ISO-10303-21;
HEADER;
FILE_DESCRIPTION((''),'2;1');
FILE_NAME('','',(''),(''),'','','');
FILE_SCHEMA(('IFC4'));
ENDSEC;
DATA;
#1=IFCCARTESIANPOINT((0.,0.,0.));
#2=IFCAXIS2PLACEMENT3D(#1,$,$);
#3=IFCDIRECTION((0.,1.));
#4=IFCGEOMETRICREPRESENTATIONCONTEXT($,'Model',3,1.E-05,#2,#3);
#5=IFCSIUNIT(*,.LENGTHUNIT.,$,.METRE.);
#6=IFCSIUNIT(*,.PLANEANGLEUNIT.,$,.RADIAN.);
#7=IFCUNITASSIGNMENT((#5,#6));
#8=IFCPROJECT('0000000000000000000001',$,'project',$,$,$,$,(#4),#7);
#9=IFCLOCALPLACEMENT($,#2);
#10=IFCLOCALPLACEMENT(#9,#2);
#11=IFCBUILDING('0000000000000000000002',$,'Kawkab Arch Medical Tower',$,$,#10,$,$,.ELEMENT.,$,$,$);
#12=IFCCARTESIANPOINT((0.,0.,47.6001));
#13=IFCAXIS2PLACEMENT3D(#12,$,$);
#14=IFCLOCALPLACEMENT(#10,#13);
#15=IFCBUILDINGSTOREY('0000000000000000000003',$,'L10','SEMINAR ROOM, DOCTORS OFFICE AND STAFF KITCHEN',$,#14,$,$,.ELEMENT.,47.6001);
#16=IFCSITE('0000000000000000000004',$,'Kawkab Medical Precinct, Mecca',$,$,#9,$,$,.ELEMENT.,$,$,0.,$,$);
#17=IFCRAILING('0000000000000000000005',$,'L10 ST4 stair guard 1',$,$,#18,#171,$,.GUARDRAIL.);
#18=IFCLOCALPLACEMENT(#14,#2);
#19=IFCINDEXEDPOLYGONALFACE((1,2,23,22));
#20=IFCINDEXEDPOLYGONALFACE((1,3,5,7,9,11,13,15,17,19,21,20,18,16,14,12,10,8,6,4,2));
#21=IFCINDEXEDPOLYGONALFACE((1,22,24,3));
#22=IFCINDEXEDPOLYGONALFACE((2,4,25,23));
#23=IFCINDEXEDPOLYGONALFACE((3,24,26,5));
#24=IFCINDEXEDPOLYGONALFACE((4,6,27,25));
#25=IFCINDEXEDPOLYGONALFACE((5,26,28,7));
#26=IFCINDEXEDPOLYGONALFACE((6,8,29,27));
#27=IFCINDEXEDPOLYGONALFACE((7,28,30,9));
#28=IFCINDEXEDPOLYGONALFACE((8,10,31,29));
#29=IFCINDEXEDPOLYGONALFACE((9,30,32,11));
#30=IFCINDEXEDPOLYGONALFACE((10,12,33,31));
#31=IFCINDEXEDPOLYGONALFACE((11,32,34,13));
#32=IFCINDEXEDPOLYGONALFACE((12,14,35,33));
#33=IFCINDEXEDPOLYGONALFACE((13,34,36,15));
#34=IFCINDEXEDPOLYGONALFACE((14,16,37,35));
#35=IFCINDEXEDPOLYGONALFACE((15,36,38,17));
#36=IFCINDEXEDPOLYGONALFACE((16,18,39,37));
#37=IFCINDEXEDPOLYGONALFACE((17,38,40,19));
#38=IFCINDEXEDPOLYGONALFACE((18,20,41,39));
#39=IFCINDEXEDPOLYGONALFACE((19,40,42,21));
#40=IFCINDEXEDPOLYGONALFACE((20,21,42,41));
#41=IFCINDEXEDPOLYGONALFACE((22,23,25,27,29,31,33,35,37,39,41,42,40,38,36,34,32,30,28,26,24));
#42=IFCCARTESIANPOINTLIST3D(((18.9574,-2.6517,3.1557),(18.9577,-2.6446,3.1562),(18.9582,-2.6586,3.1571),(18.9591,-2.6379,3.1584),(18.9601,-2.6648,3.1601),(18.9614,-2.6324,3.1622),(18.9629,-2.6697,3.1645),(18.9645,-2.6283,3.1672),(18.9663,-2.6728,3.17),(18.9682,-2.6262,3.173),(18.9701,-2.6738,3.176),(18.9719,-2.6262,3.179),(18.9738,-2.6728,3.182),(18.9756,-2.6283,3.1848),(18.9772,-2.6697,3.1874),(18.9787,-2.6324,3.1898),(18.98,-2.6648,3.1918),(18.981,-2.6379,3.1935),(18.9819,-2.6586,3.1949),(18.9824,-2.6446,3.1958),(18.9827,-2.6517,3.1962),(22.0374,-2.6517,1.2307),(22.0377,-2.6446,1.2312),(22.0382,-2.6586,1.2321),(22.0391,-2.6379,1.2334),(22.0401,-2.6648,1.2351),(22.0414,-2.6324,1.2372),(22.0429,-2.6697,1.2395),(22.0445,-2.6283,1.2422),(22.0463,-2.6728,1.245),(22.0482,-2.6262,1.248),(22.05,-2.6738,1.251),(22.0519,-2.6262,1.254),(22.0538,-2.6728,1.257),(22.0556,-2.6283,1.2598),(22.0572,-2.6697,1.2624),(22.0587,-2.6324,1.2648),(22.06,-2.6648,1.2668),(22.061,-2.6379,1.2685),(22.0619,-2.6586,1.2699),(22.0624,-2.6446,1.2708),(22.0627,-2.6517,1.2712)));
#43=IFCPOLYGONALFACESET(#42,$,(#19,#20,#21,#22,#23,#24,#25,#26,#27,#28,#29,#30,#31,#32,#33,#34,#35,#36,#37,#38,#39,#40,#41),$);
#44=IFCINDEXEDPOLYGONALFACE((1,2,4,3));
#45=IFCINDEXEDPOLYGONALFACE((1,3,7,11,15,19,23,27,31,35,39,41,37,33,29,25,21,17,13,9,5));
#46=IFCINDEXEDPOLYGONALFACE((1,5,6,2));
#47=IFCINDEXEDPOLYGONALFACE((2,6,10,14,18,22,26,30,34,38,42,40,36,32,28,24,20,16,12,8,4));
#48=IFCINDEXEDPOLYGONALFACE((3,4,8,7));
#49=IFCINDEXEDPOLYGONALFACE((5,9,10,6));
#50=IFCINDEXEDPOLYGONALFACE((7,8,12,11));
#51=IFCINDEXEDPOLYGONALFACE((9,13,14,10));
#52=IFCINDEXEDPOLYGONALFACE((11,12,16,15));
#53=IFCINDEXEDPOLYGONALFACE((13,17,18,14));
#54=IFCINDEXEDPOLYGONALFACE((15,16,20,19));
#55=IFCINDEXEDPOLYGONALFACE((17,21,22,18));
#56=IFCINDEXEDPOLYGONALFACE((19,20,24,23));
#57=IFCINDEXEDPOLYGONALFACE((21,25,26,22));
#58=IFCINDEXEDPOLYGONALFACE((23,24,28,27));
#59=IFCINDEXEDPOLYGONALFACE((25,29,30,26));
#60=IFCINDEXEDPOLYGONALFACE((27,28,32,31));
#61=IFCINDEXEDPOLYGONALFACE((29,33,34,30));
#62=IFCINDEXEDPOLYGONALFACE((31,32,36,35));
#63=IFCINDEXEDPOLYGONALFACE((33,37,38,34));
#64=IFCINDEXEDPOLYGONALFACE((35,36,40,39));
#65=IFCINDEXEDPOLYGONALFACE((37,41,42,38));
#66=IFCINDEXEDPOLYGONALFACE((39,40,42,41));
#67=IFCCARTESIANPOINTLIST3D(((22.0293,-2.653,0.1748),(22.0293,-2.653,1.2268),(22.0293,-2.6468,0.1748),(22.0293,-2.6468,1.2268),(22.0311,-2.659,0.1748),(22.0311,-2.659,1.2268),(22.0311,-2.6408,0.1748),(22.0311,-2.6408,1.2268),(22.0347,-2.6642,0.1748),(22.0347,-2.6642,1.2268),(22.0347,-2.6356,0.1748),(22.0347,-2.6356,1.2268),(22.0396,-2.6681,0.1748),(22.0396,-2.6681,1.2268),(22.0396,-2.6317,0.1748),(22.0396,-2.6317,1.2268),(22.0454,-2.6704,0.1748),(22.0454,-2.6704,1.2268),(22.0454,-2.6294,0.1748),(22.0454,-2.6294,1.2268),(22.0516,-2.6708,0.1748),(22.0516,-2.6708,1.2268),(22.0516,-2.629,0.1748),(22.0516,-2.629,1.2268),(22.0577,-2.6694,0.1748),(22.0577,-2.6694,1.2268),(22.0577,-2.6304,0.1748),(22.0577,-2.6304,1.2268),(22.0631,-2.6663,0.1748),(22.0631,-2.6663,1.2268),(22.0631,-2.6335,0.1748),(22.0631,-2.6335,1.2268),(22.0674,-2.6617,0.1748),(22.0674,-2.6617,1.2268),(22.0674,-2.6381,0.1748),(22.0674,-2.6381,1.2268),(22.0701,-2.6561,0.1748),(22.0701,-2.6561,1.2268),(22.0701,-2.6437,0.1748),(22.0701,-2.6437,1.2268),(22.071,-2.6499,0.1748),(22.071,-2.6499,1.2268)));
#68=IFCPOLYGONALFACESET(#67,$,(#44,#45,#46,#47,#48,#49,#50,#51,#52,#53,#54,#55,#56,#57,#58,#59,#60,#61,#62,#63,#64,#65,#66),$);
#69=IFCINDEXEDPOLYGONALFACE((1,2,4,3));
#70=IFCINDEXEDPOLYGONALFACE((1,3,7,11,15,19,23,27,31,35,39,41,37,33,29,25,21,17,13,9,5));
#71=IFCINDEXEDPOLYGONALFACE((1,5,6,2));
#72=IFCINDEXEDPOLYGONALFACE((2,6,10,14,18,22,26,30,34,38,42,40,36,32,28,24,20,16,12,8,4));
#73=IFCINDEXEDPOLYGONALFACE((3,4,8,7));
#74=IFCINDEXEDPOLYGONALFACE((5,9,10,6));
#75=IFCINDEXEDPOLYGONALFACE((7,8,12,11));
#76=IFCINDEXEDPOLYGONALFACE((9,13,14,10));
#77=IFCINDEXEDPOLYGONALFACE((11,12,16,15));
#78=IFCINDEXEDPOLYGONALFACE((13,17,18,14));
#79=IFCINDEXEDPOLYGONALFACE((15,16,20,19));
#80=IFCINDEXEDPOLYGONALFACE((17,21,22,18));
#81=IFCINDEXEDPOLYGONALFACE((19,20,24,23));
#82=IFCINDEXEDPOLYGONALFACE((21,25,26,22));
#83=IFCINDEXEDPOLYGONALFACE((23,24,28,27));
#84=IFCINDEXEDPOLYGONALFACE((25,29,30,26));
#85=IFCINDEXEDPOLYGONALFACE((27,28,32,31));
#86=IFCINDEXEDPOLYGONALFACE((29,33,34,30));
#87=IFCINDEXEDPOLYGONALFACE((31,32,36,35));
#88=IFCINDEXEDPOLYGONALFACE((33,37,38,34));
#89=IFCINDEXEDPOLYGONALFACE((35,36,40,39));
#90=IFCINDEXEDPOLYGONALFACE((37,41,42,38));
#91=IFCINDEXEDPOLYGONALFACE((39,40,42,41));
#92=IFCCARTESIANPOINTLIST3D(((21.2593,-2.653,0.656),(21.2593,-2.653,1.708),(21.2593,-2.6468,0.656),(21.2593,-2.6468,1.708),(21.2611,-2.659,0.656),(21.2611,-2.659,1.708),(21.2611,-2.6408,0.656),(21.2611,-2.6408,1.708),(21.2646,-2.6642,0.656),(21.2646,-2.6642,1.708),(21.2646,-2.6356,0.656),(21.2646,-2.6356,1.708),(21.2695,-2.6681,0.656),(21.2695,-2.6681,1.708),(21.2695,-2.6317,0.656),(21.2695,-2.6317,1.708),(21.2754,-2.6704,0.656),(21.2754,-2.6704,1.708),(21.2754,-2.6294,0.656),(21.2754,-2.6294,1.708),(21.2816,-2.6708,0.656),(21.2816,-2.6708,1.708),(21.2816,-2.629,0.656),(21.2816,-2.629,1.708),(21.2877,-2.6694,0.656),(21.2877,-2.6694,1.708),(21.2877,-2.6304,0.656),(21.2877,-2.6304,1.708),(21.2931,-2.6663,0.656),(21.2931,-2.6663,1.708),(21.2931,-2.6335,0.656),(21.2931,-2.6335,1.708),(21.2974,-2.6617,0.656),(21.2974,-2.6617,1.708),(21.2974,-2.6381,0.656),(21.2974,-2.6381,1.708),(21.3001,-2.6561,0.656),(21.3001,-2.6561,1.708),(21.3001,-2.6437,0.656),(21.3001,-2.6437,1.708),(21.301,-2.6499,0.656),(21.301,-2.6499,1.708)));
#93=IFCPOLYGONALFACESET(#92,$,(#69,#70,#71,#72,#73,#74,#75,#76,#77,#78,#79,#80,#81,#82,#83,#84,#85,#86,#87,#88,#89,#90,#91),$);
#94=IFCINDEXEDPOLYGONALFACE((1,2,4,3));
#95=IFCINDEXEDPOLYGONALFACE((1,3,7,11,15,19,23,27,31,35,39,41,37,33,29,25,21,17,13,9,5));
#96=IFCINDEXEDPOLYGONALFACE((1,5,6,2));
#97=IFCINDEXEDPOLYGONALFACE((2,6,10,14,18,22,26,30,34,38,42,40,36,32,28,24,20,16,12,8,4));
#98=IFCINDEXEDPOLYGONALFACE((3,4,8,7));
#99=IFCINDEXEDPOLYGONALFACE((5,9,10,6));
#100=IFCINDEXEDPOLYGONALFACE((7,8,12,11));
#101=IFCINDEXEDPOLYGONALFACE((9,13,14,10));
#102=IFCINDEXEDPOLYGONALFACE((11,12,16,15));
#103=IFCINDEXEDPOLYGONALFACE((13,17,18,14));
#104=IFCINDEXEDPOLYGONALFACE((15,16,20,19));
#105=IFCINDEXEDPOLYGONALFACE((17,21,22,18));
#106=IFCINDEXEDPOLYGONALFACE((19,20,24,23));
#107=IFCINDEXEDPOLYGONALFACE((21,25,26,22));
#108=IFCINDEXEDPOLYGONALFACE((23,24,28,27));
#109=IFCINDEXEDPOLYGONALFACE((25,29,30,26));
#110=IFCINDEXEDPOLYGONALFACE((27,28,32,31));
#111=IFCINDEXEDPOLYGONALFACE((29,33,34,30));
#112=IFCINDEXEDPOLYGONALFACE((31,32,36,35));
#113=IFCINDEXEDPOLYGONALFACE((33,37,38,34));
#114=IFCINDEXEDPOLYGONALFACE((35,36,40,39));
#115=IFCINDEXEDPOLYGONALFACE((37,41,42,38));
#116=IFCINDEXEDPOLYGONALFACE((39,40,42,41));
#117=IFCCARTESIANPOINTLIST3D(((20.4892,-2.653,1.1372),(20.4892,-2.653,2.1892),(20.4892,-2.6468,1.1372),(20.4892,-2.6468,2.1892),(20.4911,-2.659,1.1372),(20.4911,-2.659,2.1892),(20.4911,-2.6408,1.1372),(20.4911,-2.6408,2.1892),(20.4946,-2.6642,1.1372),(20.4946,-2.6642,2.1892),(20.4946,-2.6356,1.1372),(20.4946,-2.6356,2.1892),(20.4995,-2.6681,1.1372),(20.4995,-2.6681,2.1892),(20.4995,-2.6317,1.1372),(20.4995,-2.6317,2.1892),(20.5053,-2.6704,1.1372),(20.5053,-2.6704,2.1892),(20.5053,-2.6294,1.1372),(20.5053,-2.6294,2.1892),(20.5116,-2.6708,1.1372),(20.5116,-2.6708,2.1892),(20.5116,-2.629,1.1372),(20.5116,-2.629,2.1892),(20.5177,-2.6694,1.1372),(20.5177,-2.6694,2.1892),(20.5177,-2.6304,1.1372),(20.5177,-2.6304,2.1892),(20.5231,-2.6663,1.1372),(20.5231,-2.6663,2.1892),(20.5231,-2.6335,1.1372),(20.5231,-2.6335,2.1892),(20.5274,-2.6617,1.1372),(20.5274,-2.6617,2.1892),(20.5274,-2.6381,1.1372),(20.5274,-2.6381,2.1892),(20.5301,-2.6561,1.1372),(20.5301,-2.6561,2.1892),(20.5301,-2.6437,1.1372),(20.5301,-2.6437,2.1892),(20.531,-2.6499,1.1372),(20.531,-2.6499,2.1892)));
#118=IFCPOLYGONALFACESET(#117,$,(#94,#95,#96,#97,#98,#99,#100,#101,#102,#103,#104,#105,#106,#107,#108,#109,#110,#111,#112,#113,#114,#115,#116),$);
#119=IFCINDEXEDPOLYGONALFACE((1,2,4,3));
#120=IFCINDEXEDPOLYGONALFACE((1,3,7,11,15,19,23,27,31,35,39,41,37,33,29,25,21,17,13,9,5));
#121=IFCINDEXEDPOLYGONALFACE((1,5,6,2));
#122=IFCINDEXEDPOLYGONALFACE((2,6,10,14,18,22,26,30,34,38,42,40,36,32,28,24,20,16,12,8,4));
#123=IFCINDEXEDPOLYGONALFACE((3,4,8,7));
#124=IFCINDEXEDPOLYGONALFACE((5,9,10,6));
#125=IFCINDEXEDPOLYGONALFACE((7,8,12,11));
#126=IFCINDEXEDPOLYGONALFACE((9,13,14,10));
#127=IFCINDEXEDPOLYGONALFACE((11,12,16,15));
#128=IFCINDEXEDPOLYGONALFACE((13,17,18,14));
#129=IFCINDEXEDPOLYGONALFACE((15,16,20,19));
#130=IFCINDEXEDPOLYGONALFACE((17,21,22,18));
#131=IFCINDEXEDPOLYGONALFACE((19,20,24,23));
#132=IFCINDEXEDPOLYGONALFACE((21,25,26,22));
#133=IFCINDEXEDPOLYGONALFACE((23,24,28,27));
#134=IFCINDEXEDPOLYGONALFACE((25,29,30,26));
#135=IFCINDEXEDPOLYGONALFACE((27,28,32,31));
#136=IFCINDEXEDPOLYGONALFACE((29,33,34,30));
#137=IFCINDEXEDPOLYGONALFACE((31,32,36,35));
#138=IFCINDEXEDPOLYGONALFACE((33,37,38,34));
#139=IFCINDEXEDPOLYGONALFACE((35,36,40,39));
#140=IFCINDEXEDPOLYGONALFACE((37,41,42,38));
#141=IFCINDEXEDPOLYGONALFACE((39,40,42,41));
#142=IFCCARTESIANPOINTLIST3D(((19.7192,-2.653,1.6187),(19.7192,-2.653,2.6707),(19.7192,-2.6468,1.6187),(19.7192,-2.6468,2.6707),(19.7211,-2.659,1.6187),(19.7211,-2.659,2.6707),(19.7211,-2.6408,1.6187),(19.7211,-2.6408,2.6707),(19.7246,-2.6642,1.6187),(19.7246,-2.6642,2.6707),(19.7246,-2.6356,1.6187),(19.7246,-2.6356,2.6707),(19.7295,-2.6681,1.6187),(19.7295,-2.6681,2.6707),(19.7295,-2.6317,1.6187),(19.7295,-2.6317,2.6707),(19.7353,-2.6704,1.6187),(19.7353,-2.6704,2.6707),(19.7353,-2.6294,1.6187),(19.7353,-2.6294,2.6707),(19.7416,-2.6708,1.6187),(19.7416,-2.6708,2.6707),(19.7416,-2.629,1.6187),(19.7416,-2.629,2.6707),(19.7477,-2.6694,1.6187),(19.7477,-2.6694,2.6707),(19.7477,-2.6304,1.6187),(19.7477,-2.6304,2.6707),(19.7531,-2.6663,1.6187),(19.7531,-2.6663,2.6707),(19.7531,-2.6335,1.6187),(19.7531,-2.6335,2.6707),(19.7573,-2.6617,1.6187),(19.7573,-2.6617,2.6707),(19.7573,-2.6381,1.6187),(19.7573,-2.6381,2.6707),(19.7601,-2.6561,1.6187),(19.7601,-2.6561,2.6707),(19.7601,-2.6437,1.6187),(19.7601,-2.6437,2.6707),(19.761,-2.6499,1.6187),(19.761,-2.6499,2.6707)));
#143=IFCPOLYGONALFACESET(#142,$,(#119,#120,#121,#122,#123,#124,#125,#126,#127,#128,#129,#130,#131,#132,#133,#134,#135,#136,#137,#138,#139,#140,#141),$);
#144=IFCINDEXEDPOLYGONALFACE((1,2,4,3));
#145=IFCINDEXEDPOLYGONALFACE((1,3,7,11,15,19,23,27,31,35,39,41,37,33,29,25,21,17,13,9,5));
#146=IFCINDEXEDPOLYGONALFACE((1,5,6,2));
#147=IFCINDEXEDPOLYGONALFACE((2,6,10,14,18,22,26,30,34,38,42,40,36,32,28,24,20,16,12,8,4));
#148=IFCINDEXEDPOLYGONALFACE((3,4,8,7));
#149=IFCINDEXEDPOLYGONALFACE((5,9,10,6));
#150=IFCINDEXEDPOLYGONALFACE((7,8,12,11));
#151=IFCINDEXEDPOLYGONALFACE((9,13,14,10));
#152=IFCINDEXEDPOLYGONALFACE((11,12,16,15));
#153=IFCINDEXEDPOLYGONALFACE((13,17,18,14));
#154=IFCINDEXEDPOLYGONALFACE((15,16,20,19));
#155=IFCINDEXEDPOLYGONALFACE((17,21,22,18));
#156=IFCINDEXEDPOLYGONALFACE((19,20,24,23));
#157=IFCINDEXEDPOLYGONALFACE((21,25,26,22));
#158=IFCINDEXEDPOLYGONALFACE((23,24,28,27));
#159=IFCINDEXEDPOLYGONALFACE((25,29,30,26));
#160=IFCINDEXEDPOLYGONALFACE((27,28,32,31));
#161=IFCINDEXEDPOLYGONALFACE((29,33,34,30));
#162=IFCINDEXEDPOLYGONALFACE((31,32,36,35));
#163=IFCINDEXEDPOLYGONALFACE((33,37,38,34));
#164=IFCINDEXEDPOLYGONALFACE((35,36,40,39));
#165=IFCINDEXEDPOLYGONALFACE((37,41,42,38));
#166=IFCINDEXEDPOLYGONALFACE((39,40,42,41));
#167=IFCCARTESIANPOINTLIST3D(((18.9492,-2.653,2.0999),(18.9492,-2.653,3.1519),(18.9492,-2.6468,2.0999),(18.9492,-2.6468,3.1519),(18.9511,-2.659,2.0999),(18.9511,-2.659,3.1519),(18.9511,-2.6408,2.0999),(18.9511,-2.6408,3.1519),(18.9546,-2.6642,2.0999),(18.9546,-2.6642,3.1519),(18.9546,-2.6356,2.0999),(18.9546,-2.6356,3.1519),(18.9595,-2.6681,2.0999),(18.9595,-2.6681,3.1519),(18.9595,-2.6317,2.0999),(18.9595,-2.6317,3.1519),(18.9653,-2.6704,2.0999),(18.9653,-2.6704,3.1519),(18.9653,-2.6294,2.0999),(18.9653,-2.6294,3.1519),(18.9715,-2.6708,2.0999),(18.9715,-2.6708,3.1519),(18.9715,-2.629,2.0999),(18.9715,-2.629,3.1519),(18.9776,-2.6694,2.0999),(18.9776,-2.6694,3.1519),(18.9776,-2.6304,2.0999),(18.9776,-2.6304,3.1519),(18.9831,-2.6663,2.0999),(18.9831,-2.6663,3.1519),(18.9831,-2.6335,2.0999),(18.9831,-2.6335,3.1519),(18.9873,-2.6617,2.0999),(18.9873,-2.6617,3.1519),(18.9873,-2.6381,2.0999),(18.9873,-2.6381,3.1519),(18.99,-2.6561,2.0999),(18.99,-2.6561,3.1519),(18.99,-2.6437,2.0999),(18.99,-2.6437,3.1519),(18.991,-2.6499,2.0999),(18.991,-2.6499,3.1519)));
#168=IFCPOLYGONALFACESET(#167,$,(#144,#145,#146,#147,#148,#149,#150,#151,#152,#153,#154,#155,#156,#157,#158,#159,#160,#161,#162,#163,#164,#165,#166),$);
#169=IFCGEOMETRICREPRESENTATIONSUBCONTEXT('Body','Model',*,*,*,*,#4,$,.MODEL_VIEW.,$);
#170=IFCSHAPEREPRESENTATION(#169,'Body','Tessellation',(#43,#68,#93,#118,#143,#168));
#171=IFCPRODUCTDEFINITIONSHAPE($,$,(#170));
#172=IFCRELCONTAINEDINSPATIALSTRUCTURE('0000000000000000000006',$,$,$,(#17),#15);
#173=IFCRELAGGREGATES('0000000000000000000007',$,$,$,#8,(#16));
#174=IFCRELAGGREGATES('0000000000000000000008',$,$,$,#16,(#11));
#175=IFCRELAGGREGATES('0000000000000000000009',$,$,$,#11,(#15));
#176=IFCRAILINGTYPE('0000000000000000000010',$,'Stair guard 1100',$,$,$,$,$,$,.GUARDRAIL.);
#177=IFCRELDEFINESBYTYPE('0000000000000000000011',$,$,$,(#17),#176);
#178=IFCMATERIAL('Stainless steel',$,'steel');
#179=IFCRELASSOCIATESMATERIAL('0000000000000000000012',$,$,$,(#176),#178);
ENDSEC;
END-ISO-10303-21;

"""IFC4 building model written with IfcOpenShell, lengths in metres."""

from ifc_helpers import new_model, si_unit, direction, frame, origin, origin_2d, place, context, subcontext, project, spatial, circle, extrude, material, type_object, element, save


model = new_model("IFC4")

# Units and contexts
model_context = context("Model", 3, precision=1e-05, world=origin(), true_north=direction((0.0, 1.0)))
body_context = subcontext(model_context, "Body", "Model", "MODEL_VIEW")
ifc_project = project(units=[si_unit("LENGTHUNIT", "METRE"), si_unit("PLANEANGLEUNIT", "RADIAN")], contexts=[model_context])

# Site, building, storey
site_placement = place(None, origin())
site = spatial("IfcSite", under=ifc_project, at=site_placement, Name="Kawkab Medical Precinct, Mecca", CompositionType="ELEMENT", RefElevation=0.0)
building_placement = place(site_placement, origin())
building = spatial("IfcBuilding", under=site, at=building_placement, Name="Kawkab Arch Medical Tower", CompositionType="ELEMENT")
storey_placement = place(building_placement, frame((0.0, 0.0, 47.6001)))
storey = spatial("IfcBuildingStorey", under=building, at=storey_placement, Name="L10", Description="SEMINAR ROOM, DOCTORS OFFICE AND STAFF KITCHEN", CompositionType="ELEMENT", Elevation=47.6001)

# Railing
ifc_material_1 = material(Name="Stainless steel", Category="steel")
railing_type_1 = type_object("IfcRailingType", Name="Stair guard 1100", PredefinedType="GUARDRAIL", material=ifc_material_1)
railing_1_placement = place(storey_placement, frame((22.05, -2.6499, 0.1748)))
element("IfcRailing", 1, at=railing_1_placement, inside=storey, type_object=railing_type_1, Name="L10 ST4 stair guard 1", PredefinedType="GUARDRAIL", context=body_context, shape_type="SweptSolid", body=[
    extrude(circle(Radius=0.0239, at=origin_2d()), frame((0.0, 0.0, 1.0762), z_axis=(-0.847998, 0.0, 0.529999), x_axis=(0.0, -1.0, 0.0)), (0.0, 0.0, 1.0), 3.6321),
    extrude(circle(Radius=0.021, at=origin_2d()), origin(), (0.0, 0.0, 1.0), 1.052),
    extrude(circle(Radius=0.021, at=origin_2d()), frame((-0.77, 0.0, 0.4812)), (0.0, 0.0, 1.0), 1.052),
    extrude(circle(Radius=0.021, at=origin_2d()), frame((-1.54, 0.0, 0.9624)), (0.0, 0.0, 1.0), 1.052),
    extrude(circle(Radius=0.021, at=origin_2d()), frame((-2.3101, 0.0, 1.4438)), (0.0, 0.0, 1.0), 1.052),
    extrude(circle(Radius=0.021, at=origin_2d()), frame((-3.0801, 0.0, 1.925)), (0.0, 0.0, 1.0), 1.052),
])

save(model, "model.ifc")
